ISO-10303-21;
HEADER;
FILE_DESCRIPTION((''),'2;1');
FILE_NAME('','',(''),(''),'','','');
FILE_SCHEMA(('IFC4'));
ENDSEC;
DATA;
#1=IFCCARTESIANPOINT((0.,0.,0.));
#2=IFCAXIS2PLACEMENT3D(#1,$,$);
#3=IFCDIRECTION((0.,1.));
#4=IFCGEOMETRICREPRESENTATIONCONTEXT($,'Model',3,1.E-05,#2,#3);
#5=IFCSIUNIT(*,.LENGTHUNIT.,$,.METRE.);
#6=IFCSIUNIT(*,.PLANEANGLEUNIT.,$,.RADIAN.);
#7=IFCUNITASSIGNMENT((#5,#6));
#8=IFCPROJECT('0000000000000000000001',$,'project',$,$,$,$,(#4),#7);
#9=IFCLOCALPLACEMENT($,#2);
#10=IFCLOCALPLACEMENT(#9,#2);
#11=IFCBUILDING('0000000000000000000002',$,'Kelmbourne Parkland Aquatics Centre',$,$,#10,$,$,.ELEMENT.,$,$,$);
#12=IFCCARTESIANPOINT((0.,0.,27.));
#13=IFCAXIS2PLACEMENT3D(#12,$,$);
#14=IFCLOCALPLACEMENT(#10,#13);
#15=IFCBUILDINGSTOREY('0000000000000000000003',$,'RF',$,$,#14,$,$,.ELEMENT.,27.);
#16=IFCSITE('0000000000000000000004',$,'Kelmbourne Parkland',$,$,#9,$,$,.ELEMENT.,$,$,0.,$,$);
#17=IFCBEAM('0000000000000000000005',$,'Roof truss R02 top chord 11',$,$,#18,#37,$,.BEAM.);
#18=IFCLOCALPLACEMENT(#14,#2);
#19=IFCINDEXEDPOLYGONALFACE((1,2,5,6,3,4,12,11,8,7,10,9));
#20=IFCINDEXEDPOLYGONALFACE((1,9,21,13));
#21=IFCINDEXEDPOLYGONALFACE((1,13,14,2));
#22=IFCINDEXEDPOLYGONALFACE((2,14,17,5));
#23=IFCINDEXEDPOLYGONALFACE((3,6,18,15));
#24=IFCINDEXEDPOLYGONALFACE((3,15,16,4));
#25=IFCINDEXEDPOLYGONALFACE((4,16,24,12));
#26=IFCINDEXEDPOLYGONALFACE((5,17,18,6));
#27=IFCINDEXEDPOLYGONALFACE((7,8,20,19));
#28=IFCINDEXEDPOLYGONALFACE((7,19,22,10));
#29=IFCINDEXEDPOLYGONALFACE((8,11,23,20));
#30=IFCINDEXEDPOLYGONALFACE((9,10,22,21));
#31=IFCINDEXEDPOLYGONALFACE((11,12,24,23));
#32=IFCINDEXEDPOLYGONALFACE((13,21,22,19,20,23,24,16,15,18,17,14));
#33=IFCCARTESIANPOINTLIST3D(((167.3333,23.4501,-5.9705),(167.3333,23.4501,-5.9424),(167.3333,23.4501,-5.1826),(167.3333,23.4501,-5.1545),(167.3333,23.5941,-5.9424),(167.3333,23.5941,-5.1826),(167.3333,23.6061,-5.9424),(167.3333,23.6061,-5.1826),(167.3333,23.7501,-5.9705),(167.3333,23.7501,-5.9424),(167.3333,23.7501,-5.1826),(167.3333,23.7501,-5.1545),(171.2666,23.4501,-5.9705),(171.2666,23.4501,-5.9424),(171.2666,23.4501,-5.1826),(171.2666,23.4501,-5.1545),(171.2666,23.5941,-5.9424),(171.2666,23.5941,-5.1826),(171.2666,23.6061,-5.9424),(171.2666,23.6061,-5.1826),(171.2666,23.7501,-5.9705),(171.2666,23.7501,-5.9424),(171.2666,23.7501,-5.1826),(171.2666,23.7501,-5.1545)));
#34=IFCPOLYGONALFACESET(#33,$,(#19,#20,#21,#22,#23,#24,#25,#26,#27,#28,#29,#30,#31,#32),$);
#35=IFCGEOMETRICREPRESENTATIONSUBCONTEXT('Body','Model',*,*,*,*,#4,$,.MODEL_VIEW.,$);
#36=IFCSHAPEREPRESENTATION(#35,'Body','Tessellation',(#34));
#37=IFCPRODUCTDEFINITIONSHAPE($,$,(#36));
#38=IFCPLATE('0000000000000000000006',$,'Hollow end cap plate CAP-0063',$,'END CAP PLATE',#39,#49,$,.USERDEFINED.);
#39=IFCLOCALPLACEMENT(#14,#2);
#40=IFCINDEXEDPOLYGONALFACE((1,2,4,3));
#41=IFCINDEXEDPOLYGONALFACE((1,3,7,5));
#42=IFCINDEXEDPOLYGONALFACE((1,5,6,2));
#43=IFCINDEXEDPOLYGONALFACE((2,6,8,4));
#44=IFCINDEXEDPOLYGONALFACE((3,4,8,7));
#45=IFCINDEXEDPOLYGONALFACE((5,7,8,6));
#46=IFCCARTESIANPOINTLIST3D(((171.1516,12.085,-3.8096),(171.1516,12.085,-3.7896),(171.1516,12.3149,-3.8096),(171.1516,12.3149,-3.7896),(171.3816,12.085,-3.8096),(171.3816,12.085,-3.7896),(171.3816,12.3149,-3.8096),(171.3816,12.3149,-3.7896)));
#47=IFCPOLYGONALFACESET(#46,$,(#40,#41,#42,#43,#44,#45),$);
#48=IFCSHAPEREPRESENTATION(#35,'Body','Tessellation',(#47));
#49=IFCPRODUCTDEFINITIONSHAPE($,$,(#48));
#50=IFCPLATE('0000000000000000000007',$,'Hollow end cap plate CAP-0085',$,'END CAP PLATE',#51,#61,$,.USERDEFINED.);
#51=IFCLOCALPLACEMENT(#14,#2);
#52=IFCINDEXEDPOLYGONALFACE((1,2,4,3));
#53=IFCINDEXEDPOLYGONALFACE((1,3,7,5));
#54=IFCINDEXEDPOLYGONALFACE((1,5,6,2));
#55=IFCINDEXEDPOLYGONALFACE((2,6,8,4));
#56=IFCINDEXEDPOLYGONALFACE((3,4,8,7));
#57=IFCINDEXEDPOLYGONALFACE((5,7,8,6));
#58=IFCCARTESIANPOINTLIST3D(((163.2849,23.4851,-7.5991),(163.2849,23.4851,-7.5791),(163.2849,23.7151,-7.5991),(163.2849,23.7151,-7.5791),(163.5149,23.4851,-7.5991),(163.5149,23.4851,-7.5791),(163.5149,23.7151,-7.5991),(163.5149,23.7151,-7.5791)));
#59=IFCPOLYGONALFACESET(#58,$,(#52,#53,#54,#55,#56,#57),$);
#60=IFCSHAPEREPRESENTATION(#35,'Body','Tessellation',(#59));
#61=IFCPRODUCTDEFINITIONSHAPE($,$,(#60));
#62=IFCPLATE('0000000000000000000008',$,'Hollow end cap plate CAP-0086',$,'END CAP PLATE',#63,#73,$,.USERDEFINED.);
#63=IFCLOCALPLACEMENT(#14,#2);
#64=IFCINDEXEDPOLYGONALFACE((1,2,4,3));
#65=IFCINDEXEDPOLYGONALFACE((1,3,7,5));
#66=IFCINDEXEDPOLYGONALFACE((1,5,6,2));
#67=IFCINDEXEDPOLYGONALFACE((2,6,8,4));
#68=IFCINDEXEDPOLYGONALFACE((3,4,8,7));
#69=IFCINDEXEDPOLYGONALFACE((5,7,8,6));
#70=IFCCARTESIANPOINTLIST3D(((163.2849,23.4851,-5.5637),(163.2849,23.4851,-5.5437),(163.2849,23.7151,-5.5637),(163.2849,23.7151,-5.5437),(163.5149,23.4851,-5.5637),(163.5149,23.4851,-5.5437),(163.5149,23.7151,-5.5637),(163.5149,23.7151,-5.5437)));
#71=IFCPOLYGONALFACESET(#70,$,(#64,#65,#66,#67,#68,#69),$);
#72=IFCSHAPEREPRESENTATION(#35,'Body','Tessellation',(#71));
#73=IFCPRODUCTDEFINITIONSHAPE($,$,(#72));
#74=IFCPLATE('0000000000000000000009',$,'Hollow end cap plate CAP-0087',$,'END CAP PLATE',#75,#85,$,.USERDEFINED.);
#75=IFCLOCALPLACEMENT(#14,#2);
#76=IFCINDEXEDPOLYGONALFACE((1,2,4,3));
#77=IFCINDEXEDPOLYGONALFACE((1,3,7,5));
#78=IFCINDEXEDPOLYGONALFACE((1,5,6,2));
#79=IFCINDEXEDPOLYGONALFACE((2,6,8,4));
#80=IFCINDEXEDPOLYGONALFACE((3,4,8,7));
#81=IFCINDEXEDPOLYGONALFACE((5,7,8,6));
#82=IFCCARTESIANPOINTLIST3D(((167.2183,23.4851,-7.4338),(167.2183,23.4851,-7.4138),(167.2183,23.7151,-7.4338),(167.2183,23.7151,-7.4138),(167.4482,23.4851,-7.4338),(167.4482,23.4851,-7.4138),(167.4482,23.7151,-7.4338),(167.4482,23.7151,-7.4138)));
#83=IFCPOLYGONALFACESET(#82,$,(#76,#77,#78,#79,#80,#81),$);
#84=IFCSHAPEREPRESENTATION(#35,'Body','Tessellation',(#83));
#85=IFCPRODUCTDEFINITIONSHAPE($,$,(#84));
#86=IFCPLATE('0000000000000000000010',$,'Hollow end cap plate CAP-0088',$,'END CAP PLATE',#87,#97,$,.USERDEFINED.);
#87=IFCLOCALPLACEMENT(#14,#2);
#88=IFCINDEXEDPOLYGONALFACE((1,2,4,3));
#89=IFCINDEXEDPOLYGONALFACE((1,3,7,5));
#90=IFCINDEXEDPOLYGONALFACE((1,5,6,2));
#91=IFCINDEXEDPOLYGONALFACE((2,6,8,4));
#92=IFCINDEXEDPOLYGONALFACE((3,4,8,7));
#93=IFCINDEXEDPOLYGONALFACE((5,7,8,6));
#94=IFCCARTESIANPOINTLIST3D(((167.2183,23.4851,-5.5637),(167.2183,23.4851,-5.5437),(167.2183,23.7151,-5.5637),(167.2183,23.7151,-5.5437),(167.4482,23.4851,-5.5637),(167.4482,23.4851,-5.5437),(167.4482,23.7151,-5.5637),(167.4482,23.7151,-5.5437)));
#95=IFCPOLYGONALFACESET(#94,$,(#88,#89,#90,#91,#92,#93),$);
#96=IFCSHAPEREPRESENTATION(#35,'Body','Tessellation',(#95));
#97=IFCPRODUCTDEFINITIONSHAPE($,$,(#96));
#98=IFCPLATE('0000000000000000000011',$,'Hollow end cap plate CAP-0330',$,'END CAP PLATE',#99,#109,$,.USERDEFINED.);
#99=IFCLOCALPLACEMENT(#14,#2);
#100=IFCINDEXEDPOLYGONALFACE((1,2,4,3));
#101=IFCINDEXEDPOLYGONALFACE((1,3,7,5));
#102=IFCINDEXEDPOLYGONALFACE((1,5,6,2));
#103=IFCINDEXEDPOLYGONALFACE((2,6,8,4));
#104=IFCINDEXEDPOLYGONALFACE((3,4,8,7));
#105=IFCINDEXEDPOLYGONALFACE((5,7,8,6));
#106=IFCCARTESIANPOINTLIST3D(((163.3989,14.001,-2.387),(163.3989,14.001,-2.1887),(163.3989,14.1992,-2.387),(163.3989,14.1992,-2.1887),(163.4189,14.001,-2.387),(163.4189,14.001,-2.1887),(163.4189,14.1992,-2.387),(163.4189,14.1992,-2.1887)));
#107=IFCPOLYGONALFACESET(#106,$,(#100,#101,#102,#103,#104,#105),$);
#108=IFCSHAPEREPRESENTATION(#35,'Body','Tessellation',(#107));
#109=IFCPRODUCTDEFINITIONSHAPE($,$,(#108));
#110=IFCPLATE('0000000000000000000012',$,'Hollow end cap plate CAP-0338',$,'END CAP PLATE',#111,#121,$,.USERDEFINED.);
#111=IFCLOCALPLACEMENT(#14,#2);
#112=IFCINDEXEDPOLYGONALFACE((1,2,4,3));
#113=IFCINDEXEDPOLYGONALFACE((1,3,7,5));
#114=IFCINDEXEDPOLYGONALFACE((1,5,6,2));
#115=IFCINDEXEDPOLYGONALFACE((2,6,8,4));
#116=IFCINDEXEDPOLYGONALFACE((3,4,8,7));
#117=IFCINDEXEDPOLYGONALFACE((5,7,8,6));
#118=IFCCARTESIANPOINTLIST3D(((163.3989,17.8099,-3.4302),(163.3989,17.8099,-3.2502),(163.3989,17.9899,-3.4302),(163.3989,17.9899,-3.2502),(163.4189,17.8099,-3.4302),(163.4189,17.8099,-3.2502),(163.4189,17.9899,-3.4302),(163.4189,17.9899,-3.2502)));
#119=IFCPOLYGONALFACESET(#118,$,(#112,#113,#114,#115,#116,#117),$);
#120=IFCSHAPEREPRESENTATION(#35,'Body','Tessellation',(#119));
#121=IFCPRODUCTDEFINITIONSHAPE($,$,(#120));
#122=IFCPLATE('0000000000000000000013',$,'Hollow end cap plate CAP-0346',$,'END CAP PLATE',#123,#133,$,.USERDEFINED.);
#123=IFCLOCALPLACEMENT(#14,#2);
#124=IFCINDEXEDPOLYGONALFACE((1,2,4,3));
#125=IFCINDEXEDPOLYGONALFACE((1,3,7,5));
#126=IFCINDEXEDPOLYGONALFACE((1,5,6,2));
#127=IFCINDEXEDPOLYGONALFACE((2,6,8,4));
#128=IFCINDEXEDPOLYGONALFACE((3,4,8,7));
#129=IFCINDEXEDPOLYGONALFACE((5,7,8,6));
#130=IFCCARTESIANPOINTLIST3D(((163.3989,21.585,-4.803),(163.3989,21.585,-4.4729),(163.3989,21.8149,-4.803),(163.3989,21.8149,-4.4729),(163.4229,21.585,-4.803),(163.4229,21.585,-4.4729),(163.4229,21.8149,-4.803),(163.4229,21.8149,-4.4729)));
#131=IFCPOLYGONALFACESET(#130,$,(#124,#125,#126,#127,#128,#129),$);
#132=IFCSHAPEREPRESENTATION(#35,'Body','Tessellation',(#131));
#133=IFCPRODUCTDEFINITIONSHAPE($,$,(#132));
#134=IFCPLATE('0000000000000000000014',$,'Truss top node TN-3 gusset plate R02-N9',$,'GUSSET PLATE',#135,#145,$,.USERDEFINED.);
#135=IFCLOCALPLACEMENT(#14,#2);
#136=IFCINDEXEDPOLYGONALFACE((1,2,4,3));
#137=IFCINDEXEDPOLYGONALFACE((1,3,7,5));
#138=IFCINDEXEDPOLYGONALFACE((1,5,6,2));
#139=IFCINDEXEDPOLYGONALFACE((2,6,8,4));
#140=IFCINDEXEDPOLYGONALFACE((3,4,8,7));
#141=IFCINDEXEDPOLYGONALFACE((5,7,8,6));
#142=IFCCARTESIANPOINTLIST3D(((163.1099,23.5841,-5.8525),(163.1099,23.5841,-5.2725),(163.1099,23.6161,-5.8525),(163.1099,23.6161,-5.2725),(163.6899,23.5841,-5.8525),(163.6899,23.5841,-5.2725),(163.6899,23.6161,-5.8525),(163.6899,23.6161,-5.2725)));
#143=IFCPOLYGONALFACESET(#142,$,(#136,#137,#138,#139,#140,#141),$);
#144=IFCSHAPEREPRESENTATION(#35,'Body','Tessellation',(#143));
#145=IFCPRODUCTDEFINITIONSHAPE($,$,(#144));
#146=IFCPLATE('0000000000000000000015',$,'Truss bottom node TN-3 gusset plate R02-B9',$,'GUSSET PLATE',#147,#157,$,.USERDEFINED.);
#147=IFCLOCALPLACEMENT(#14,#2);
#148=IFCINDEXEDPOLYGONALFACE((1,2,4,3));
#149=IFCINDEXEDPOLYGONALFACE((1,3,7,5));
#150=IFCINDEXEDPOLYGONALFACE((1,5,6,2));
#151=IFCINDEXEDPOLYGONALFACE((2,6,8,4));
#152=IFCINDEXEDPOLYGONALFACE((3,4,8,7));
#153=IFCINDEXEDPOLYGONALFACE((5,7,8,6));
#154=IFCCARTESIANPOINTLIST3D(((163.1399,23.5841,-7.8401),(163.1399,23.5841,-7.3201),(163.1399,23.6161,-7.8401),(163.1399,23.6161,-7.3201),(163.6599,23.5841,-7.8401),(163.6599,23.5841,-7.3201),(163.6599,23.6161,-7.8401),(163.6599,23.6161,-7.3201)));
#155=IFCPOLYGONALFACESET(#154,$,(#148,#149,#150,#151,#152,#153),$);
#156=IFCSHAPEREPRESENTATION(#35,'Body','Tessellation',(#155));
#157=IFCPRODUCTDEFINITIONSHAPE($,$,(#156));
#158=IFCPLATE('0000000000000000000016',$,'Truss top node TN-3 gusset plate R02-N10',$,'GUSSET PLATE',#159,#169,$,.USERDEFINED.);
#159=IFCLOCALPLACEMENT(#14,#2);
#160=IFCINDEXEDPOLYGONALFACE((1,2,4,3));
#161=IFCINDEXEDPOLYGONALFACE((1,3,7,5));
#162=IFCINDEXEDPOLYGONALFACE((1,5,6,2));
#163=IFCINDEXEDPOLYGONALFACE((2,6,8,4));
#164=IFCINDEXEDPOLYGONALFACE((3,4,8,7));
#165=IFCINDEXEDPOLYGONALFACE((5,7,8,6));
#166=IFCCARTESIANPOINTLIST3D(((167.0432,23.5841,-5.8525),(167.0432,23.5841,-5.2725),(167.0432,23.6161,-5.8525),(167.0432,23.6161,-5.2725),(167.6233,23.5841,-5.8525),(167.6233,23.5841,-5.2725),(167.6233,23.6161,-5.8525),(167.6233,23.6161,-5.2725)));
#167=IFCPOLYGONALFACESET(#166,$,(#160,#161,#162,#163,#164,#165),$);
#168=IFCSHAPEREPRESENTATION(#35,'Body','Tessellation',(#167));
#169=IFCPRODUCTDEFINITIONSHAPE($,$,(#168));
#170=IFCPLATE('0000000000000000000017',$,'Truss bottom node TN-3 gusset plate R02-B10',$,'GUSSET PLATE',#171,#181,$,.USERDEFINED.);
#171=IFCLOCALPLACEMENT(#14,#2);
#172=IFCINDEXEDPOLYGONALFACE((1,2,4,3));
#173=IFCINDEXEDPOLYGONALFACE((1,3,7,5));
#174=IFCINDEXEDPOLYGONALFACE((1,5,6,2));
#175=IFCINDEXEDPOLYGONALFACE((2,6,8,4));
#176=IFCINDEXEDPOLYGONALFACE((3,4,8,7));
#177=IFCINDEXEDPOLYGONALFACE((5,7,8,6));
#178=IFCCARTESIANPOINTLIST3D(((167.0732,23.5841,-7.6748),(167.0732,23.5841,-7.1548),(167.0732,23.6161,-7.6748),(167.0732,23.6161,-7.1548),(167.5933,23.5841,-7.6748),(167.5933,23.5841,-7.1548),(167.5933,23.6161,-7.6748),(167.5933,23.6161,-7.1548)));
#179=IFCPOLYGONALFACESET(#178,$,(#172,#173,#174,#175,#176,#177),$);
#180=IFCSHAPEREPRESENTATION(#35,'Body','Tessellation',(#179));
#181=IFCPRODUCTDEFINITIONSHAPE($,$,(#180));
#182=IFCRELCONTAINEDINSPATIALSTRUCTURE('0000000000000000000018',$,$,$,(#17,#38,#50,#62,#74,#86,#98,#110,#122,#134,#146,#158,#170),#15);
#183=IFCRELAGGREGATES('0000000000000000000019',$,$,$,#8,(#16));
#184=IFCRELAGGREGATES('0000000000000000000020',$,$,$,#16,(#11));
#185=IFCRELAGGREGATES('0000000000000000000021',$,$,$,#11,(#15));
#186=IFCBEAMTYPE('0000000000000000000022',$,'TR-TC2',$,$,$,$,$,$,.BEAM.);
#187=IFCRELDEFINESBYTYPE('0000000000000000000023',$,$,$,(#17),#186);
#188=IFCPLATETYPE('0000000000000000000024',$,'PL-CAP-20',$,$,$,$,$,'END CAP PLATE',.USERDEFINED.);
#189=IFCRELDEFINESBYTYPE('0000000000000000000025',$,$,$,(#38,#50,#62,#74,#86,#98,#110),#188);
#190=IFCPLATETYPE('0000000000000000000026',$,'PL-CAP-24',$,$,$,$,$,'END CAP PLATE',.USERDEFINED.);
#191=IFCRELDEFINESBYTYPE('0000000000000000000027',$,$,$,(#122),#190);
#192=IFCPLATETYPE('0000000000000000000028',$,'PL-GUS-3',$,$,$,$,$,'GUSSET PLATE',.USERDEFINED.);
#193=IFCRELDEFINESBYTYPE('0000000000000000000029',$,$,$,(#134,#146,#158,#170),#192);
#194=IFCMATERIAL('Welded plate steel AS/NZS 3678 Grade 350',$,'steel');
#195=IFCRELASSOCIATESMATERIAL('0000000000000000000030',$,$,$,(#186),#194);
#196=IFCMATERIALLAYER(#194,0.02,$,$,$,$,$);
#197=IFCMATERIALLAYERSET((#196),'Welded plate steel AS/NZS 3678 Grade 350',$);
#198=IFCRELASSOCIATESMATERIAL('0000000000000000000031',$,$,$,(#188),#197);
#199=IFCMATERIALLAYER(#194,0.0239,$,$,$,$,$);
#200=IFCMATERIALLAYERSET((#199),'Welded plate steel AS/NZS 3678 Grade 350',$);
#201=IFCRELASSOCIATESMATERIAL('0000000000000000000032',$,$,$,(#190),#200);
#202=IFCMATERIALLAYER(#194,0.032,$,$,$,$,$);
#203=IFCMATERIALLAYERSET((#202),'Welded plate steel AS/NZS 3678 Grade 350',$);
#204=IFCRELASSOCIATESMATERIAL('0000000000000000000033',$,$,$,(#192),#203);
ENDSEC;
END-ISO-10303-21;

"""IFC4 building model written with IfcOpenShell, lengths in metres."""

from ifc_helpers import new_model, si_unit, direction, frame, origin, origin_2d, place, context, subcontext, project, spatial, rectangle, i_section, extrude, material, layer, layer_set, material_profile, profile_set, type_object, element, save


model = new_model("IFC4")

# Units and contexts
model_context = context("Model", 3, precision=1e-05, world=origin(), true_north=direction((0.0, 1.0)))
body_context = subcontext(model_context, "Body", "Model", "MODEL_VIEW")
ifc_project = project(units=[si_unit("LENGTHUNIT", "METRE"), si_unit("PLANEANGLEUNIT", "RADIAN")], contexts=[model_context])

# Site, building, storey
site_placement = place(None, origin())
site = spatial("IfcSite", under=ifc_project, at=site_placement, Name="Kelmbourne Parkland", CompositionType="ELEMENT", RefElevation=0.0)
building_placement = place(site_placement, origin())
building = spatial("IfcBuilding", under=site, at=building_placement, Name="Kelmbourne Parkland Aquatics Centre", CompositionType="ELEMENT")
storey_placement = place(building_placement, frame((0.0, 0.0, 27.0)))
storey = spatial("IfcBuildingStorey", under=building, at=storey_placement, Name="RF", CompositionType="ELEMENT", Elevation=27.0)

# Beam
ifc_material_1 = material(Name="Welded plate steel AS/NZS 3678 Grade 350", Category="steel")
ifc_material_profile_1 = material_profile(ifc_material_1, i_section(OverallWidth=0.3, OverallDepth=0.8159, WebThickness=0.012, FlangeThickness=0.0281, at=origin_2d()), Name="800WB192")
ifc_profile_set_1 = profile_set([ifc_material_profile_1], Name="Welded plate steel AS/NZS 3678 Grade 350")
beam_type_1 = type_object("IfcBeamType", Name="TR-TC2", PredefinedType="BEAM", material=ifc_profile_set_1)
for number, where, z_axis, x_axis, name in (
    (1, (167.3333, 23.6001, -5.5625), (1.0, 0.0, 0.0), (0.0, 1.0, 0.0), "Roof truss R02 top chord 11"),
):
    element("IfcBeam", number, at=place(storey_placement, frame(where, z_axis=z_axis, x_axis=x_axis)), inside=storey, type_object=beam_type_1, Name=name, PredefinedType="BEAM", context=body_context, shape_type="SweptSolid", body=[
        extrude(i_section(OverallWidth=0.3, OverallDepth=0.8159, WebThickness=0.012, FlangeThickness=0.0281, at=origin_2d()), origin(), (0.0, 0.0, 1.0), 3.9333),
    ])

# Plates
ifc_layer_1 = layer(ifc_material_1, 0.02)
ifc_layer_set_1 = layer_set([ifc_layer_1], Name="Welded plate steel AS/NZS 3678 Grade 350")
plate_type_1 = type_object("IfcPlateType", Name="PL-CAP-20", ElementType="END CAP PLATE", PredefinedType="USERDEFINED", material=ifc_layer_set_1)
for number, where, z_axis, x_axis, name in (
    (2, (171.2666, 12.2, -3.8096), (0.0, 0.0, 1.0), (1.0, 0.0, 0.0), "Hollow end cap plate CAP-0063"),
    (3, (163.3999, 23.6001, -7.5991), (0.0, 0.0, 1.0), (1.0, 0.0, 0.0), "Hollow end cap plate CAP-0085"),
    (4, (163.3999, 23.6001, -5.5637), (0.0, 0.0, 1.0), (1.0, 0.0, 0.0), "Hollow end cap plate CAP-0086"),
    (5, (167.3333, 23.6001, -7.4338), (0.0, 0.0, 1.0), (1.0, 0.0, 0.0), "Hollow end cap plate CAP-0087"),
    (6, (167.3333, 23.6001, -5.5637), (0.0, 0.0, 1.0), (1.0, 0.0, 0.0), "Hollow end cap plate CAP-0088"),
):
    element("IfcPlate", number, at=place(storey_placement, frame(where, z_axis=z_axis, x_axis=x_axis)), inside=storey, type_object=plate_type_1, Name=name, ObjectType="END CAP PLATE", PredefinedType="USERDEFINED", context=body_context, shape_type="SweptSolid", body=[
        extrude(rectangle(XDim=0.23, YDim=0.23, at=origin_2d()), origin(), (0.0, 0.0, 1.0), 0.02),
    ])
plate_1_placement = place(storey_placement, frame((163.4089, 14.1001, -2.387), z_axis=(0.0, 0.0, 1.0), x_axis=(1.0, 0.0, 0.0)))
element("IfcPlate", 7, at=plate_1_placement, inside=storey, type_object=plate_type_1, Name="Hollow end cap plate CAP-0330", ObjectType="END CAP PLATE", PredefinedType="USERDEFINED", context=body_context, shape_type="SweptSolid", body=[
    extrude(rectangle(XDim=0.02, YDim=0.1982, at=origin_2d()), origin(), (0.0, 0.0, 1.0), 0.1982),
])
plate_2_placement = place(storey_placement, frame((163.4089, 17.8999, -3.4302), z_axis=(0.0, 0.0, 1.0), x_axis=(1.0, 0.0, 0.0)))
element("IfcPlate", 8, at=plate_2_placement, inside=storey, type_object=plate_type_1, Name="Hollow end cap plate CAP-0338", ObjectType="END CAP PLATE", PredefinedType="USERDEFINED", context=body_context, shape_type="SweptSolid", body=[
    extrude(rectangle(XDim=0.02, YDim=0.1799, at=origin_2d()), origin(), (0.0, 0.0, 1.0), 0.1799),
])
ifc_layer_2 = layer(ifc_material_1, 0.0239)
ifc_layer_set_2 = layer_set([ifc_layer_2], Name="Welded plate steel AS/NZS 3678 Grade 350")
plate_type_2 = type_object("IfcPlateType", Name="PL-CAP-24", ElementType="END CAP PLATE", PredefinedType="USERDEFINED", material=ifc_layer_set_2)
plate_3_placement = place(storey_placement, frame((163.4109, 21.7, -4.803), z_axis=(0.0, 0.0, 1.0), x_axis=(1.0, 0.0, 0.0)))
element("IfcPlate", 9, at=plate_3_placement, inside=storey, type_object=plate_type_2, Name="Hollow end cap plate CAP-0346", ObjectType="END CAP PLATE", PredefinedType="USERDEFINED", context=body_context, shape_type="SweptSolid", body=[
    extrude(rectangle(XDim=0.0239, YDim=0.23, at=origin_2d()), origin(), (0.0, 0.0, 1.0), 0.3301),
])
ifc_layer_3 = layer(ifc_material_1, 0.032)
ifc_layer_set_3 = layer_set([ifc_layer_3], Name="Welded plate steel AS/NZS 3678 Grade 350")
plate_type_3 = type_object("IfcPlateType", Name="PL-GUS-3", ElementType="GUSSET PLATE", PredefinedType="USERDEFINED", material=ifc_layer_set_3)
plate_4_placement = place(storey_placement, frame((163.3999, 23.6001, -5.8525), z_axis=(0.0, 0.0, 1.0), x_axis=(1.0, 0.0, 0.0)))
element("IfcPlate", 10, at=plate_4_placement, inside=storey, type_object=plate_type_3, Name="Truss top node TN-3 gusset plate R02-N9", ObjectType="GUSSET PLATE", PredefinedType="USERDEFINED", context=body_context, shape_type="SweptSolid", body=[
    extrude(rectangle(XDim=0.5801, YDim=0.032, at=origin_2d()), origin(), (0.0, 0.0, 1.0), 0.5801),
])
plate_5_placement = place(storey_placement, frame((163.3999, 23.6001, -7.8401), z_axis=(0.0, 0.0, 1.0), x_axis=(1.0, 0.0, 0.0)))
element("IfcPlate", 11, at=plate_5_placement, inside=storey, type_object=plate_type_3, Name="Truss bottom node TN-3 gusset plate R02-B9", ObjectType="GUSSET PLATE", PredefinedType="USERDEFINED", context=body_context, shape_type="SweptSolid", body=[
    extrude(rectangle(XDim=0.52, YDim=0.032, at=origin_2d()), origin(), (0.0, 0.0, 1.0), 0.52),
])
plate_6_placement = place(storey_placement, frame((167.3333, 23.6001, -5.8525), z_axis=(0.0, 0.0, 1.0), x_axis=(1.0, 0.0, 0.0)))
element("IfcPlate", 12, at=plate_6_placement, inside=storey, type_object=plate_type_3, Name="Truss top node TN-3 gusset plate R02-N10", ObjectType="GUSSET PLATE", PredefinedType="USERDEFINED", context=body_context, shape_type="SweptSolid", body=[
    extrude(rectangle(XDim=0.5801, YDim=0.032, at=origin_2d()), origin(), (0.0, 0.0, 1.0), 0.5801),
])
plate_7_placement = place(storey_placement, frame((167.3333, 23.6001, -7.6748), z_axis=(0.0, 0.0, 1.0), x_axis=(1.0, 0.0, 0.0)))
element("IfcPlate", 13, at=plate_7_placement, inside=storey, type_object=plate_type_3, Name="Truss bottom node TN-3 gusset plate R02-B10", ObjectType="GUSSET PLATE", PredefinedType="USERDEFINED", context=body_context, shape_type="SweptSolid", body=[
    extrude(rectangle(XDim=0.52, YDim=0.032, at=origin_2d()), origin(), (0.0, 0.0, 1.0), 0.52),
])

save(model, "model.ifc")
